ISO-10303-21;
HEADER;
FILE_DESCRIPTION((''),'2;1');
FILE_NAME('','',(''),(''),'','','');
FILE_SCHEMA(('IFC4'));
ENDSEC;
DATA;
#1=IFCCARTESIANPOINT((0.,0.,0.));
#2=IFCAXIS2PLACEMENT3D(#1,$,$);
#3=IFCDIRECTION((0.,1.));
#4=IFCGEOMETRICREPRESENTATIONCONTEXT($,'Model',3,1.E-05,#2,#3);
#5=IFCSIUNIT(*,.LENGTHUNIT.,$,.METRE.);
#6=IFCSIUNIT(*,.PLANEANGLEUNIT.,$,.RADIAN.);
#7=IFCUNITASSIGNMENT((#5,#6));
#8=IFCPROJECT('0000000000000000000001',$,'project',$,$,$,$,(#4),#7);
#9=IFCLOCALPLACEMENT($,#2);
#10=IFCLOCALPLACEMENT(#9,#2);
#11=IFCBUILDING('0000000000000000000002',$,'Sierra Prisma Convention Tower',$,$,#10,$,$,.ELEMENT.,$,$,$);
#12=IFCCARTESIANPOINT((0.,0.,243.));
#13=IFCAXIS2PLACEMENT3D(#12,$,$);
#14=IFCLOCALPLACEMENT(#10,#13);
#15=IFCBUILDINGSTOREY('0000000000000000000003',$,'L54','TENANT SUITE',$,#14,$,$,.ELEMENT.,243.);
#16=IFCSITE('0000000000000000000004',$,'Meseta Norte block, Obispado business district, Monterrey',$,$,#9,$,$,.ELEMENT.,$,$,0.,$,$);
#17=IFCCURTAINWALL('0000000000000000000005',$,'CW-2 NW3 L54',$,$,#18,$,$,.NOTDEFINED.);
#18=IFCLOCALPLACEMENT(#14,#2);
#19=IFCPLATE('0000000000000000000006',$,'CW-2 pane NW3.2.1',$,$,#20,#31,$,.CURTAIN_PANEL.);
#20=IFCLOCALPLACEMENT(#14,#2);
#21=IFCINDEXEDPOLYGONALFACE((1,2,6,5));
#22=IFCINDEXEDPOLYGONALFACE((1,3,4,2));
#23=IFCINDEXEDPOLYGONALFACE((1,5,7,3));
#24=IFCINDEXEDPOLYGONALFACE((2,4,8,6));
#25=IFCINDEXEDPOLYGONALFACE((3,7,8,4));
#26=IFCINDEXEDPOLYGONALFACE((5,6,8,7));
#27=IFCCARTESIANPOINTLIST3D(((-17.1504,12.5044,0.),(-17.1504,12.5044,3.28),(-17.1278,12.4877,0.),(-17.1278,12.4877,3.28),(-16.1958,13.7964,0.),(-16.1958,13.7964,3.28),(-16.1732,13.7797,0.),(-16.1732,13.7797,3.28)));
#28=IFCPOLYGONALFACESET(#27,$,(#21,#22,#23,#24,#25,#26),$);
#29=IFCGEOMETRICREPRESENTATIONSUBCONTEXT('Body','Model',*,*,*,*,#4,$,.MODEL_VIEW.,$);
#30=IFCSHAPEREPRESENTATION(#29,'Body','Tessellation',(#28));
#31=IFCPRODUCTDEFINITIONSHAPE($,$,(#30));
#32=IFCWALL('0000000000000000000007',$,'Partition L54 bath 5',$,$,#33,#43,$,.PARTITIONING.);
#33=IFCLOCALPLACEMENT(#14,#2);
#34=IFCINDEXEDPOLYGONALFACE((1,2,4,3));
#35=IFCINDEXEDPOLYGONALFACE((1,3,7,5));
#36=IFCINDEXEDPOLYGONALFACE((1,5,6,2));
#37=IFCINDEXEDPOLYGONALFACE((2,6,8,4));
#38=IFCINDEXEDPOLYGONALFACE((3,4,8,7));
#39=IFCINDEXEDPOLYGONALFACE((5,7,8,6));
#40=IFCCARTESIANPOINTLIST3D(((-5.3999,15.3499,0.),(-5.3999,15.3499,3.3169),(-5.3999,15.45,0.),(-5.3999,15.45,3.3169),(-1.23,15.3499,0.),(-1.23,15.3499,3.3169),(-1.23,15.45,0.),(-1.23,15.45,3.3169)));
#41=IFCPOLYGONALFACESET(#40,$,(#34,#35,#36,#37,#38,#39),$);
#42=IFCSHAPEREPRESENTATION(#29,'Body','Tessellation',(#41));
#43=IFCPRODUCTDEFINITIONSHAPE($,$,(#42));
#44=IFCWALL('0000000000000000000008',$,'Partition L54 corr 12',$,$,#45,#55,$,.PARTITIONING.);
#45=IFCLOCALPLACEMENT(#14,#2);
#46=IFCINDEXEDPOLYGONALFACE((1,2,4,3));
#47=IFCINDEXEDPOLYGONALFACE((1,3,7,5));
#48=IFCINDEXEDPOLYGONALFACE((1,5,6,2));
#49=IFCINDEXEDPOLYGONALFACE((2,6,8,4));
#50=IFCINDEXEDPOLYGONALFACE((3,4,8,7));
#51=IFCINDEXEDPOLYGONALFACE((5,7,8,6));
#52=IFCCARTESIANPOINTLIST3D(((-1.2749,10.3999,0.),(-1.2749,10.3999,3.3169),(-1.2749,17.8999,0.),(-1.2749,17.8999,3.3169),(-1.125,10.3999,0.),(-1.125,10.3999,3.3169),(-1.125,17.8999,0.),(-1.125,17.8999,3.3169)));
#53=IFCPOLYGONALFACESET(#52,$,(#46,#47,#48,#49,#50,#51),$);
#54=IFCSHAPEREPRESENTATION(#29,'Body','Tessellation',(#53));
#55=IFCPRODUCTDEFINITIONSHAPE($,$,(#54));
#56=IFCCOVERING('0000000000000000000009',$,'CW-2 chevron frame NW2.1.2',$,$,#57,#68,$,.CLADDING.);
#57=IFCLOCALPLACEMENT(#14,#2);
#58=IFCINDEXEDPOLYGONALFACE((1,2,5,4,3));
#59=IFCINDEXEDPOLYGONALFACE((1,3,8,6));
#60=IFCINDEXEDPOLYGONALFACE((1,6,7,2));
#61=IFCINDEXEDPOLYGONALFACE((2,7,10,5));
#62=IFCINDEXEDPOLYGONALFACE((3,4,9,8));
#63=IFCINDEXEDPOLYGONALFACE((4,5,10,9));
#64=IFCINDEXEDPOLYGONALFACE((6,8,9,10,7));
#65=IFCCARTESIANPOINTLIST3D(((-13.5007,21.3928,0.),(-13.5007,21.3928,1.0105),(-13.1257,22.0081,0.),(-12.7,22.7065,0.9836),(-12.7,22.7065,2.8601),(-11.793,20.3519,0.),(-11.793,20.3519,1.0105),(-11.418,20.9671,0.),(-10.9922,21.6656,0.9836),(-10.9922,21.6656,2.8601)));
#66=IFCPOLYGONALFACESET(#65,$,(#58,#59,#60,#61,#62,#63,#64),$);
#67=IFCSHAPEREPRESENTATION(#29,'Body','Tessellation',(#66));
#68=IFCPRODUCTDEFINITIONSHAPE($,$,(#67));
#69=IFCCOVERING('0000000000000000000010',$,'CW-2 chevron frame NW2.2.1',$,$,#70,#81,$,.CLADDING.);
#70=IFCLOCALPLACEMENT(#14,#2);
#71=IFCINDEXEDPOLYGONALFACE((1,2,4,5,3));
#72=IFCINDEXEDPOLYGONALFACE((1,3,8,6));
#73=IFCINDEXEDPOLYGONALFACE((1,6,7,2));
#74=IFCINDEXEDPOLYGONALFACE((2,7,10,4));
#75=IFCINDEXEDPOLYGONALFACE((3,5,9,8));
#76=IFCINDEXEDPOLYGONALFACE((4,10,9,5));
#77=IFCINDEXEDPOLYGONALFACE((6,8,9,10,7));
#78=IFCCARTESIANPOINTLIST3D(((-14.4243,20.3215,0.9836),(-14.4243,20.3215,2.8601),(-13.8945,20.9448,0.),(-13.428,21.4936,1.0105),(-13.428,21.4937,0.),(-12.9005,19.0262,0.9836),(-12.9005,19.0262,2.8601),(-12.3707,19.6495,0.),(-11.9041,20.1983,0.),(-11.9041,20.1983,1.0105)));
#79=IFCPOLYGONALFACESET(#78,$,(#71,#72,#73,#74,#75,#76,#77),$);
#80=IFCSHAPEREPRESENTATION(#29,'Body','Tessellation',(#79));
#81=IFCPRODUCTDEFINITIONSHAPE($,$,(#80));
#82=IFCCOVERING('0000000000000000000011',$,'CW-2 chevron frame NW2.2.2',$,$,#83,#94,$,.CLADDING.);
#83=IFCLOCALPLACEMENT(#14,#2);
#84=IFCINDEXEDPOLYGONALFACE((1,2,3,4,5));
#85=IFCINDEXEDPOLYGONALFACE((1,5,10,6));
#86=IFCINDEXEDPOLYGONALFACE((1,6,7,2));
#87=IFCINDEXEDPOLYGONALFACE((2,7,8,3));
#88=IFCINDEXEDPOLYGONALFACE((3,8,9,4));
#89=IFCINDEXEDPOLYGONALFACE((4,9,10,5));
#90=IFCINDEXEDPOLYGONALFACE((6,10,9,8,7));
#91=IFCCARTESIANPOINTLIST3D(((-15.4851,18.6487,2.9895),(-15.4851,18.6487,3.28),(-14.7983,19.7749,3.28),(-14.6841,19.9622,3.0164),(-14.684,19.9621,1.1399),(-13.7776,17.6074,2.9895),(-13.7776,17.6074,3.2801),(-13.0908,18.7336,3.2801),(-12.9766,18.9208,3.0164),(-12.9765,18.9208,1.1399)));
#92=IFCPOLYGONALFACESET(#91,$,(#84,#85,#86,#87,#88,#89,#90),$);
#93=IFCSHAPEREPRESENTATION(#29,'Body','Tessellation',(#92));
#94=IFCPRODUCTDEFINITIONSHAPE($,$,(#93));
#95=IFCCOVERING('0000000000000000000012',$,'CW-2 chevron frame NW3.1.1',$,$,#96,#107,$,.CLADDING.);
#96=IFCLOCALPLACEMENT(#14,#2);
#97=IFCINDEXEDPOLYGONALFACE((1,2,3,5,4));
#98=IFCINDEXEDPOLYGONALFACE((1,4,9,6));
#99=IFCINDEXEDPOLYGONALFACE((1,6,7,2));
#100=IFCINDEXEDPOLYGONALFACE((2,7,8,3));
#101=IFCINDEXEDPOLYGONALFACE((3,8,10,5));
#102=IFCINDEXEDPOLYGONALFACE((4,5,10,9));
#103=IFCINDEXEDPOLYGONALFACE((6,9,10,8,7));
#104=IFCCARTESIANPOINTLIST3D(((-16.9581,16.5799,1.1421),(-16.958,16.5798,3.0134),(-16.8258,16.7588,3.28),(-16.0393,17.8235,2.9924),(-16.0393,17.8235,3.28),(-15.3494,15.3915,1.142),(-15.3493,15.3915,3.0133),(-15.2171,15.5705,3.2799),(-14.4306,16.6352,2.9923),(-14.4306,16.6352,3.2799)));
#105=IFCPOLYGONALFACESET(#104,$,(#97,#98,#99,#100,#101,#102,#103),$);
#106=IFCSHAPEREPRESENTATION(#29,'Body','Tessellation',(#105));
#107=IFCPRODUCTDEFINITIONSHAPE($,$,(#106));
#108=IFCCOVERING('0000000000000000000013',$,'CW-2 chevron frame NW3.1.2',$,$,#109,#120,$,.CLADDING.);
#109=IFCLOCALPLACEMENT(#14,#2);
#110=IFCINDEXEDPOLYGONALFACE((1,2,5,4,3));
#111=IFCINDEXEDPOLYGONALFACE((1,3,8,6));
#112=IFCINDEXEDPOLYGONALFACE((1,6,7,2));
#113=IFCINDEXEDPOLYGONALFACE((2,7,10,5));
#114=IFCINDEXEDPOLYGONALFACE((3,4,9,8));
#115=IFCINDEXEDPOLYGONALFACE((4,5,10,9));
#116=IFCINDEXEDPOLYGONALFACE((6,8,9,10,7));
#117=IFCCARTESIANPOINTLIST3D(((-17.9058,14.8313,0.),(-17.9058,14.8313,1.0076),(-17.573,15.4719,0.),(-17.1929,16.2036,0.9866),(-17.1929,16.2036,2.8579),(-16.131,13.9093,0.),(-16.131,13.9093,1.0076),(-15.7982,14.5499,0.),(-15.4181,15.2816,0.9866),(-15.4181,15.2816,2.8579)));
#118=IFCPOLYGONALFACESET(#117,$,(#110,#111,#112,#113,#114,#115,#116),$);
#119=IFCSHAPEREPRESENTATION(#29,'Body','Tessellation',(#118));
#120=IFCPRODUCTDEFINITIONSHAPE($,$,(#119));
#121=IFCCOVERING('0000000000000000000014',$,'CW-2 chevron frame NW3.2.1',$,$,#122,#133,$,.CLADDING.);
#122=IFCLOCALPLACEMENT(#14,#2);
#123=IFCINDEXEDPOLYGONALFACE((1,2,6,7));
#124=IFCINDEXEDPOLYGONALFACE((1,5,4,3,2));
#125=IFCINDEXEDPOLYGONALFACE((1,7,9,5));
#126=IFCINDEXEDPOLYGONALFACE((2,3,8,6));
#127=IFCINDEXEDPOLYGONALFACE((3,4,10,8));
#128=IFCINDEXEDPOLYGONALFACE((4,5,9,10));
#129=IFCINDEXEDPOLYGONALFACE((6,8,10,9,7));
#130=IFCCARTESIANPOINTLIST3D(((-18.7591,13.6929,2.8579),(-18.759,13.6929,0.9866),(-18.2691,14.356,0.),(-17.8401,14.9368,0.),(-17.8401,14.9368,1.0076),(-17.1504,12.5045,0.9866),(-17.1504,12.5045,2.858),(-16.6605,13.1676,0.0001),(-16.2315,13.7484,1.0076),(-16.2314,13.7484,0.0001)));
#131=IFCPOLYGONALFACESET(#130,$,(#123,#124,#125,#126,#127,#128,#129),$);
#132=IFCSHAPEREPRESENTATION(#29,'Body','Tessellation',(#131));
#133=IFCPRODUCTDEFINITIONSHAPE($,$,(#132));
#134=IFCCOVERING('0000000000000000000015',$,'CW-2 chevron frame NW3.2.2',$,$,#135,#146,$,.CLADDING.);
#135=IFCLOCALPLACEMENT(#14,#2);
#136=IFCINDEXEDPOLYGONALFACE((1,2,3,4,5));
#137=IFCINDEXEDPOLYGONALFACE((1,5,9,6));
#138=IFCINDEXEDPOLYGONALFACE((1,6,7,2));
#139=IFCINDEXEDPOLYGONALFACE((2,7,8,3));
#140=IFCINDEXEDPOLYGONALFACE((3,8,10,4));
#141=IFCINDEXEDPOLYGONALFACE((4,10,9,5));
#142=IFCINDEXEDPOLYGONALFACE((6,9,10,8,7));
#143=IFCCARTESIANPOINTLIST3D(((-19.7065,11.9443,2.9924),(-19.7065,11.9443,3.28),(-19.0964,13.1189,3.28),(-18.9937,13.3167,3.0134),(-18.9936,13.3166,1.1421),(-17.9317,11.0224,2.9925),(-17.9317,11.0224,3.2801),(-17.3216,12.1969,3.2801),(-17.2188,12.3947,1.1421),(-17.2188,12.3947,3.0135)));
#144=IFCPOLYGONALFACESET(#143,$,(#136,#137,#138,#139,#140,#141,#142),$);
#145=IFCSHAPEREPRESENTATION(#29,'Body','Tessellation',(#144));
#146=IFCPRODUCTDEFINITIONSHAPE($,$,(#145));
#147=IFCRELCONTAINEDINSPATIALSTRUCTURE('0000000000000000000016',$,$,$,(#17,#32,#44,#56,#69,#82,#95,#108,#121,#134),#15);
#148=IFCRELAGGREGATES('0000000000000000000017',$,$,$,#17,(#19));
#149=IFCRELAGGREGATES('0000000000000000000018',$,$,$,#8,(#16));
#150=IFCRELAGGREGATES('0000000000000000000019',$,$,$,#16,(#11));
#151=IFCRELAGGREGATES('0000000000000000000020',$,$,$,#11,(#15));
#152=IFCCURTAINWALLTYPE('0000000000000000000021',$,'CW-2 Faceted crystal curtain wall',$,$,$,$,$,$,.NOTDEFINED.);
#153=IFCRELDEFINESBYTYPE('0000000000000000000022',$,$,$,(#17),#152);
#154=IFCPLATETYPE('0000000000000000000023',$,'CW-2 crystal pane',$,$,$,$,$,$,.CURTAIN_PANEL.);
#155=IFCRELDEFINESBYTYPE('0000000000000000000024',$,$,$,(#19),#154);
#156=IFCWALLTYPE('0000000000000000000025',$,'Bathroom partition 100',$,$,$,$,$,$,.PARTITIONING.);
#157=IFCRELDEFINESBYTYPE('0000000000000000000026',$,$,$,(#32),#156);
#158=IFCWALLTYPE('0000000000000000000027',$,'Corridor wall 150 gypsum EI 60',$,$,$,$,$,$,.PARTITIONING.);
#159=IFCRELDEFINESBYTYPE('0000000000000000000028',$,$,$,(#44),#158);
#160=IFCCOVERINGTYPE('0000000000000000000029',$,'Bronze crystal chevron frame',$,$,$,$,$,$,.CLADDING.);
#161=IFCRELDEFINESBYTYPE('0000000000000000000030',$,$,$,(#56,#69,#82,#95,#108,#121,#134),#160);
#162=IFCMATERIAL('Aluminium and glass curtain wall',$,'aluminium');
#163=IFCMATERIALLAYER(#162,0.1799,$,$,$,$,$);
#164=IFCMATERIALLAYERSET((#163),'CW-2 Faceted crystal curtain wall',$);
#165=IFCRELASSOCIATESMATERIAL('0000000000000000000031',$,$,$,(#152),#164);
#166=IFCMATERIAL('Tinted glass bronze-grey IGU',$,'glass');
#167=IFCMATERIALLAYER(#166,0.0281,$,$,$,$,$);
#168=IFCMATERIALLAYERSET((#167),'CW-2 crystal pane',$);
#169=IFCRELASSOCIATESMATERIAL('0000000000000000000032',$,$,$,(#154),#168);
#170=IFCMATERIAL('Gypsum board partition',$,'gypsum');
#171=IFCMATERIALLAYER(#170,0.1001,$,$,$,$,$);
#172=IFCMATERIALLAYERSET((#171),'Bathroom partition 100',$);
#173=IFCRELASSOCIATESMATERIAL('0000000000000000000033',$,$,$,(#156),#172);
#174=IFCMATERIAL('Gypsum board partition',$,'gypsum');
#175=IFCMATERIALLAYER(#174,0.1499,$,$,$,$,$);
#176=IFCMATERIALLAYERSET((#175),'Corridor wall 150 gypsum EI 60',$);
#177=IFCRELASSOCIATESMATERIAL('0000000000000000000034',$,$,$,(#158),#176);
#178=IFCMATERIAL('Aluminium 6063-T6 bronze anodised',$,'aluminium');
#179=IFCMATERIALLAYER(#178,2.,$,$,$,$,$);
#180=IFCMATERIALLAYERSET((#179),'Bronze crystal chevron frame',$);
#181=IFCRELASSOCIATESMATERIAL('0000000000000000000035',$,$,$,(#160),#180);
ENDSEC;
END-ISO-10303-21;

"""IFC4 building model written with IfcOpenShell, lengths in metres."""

from ifc_helpers import new_model, si_unit, direction, frame, frame_2d, origin, place, context, subcontext, project, spatial, polyline, rectangle, outline, extrude, material, layer, layer_set, type_object, element, aggregate, save


model = new_model("IFC4")

# Units and contexts
model_context = context("Model", 3, precision=1e-05, world=origin(), true_north=direction((0.0, 1.0)))
body_context = subcontext(model_context, "Body", "Model", "MODEL_VIEW")
ifc_project = project(units=[si_unit("LENGTHUNIT", "METRE"), si_unit("PLANEANGLEUNIT", "RADIAN")], contexts=[model_context])

# Site, building, storey
site_placement = place(None, origin())
site = spatial("IfcSite", under=ifc_project, at=site_placement, Name="Meseta Norte block, Obispado business district, Monterrey", CompositionType="ELEMENT", RefElevation=0.0)
building_placement = place(site_placement, origin())
building = spatial("IfcBuilding", under=site, at=building_placement, Name="Sierra Prisma Convention Tower", CompositionType="ELEMENT")
storey_placement = place(building_placement, frame((0.0, 0.0, 243.0)))
storey = spatial("IfcBuildingStorey", under=building, at=storey_placement, Name="L54", Description="TENANT SUITE", CompositionType="ELEMENT", Elevation=243.0)

# Curtain wall
ifc_material_1 = material(Name="Aluminium and glass curtain wall", Category="aluminium")
ifc_layer_1 = layer(ifc_material_1, 0.1799)
ifc_layer_set_1 = layer_set([ifc_layer_1], Name="CW-2 Faceted crystal curtain wall")
curtain_wall_type = type_object("IfcCurtainWallType", Name="CW-2 Faceted crystal curtain wall", PredefinedType="NOTDEFINED", material=ifc_layer_set_1)
curtain_wall_1_placement = place(storey_placement, origin())
curtain_wall_1 = element("IfcCurtainWall", 1, at=curtain_wall_1_placement, inside=storey, type_object=curtain_wall_type, Name="CW-2 NW3 L54", PredefinedType="NOTDEFINED")

# Plate
ifc_material_2 = material(Name="Tinted glass bronze-grey IGU", Category="glass")
ifc_layer_2 = layer(ifc_material_2, 0.0281)
ifc_layer_set_2 = layer_set([ifc_layer_2], Name="CW-2 crystal pane")
plate_type = type_object("IfcPlateType", Name="CW-2 crystal pane", PredefinedType="CURTAIN_PANEL", material=ifc_layer_set_2)
plate_1_placement = place(storey_placement, frame((-16.1958, 13.7964, 0.0), z_axis=(-0.804284, 0.594246, 0.0), x_axis=(-0.594246, -0.804284, 0.0)))
plate_1 = element("IfcPlate", 2, at=plate_1_placement, type_object=plate_type, Name="CW-2 pane NW3.2.1", PredefinedType="CURTAIN_PANEL", context=body_context, shape_type="SweptSolid", body=[
    extrude(outline(polyline([(0.0, 0.0), (1.6064, 0.0), (1.6064, 3.28), (0.0, 3.28), (0.0, 0.0)])), origin(), (0.0, 0.0, -1.0), 0.0281),
])
aggregate(curtain_wall_1, [plate_1])

# Walls
ifc_material_3 = material(Name="Gypsum board partition", Category="gypsum")
ifc_layer_3 = layer(ifc_material_3, 0.1001)
ifc_layer_set_3 = layer_set([ifc_layer_3], Name="Bathroom partition 100")
wall_type_1 = type_object("IfcWallType", Name="Bathroom partition 100", PredefinedType="PARTITIONING", material=ifc_layer_set_3)
wall_1_placement = place(storey_placement, frame((-5.3999, 15.3999, 0.0), z_axis=(0.0, 0.0, 1.0), x_axis=(1.0, 0.0, 0.0)))
element("IfcWall", 3, at=wall_1_placement, inside=storey, type_object=wall_type_1, Name="Partition L54 bath 5", PredefinedType="PARTITIONING", context=body_context, shape_type="SweptSolid", body=[
    extrude(rectangle(XDim=4.1699, YDim=0.1001, at=frame_2d((2.085, 0.0))), origin(), (0.0, 0.0, 1.0), 3.3169),
])
ifc_material_4 = material(Name="Gypsum board partition", Category="gypsum")
ifc_layer_4 = layer(ifc_material_4, 0.1499)
ifc_layer_set_4 = layer_set([ifc_layer_4], Name="Corridor wall 150 gypsum EI 60")
wall_type_2 = type_object("IfcWallType", Name="Corridor wall 150 gypsum EI 60", PredefinedType="PARTITIONING", material=ifc_layer_set_4)
wall_2_placement = place(storey_placement, frame((-1.2, 17.8999, 0.0), z_axis=(0.0, 0.0, 1.0), x_axis=(0.0, -1.0, 0.0)))
element("IfcWall", 4, at=wall_2_placement, inside=storey, type_object=wall_type_2, Name="Partition L54 corr 12", PredefinedType="PARTITIONING", context=body_context, shape_type="SweptSolid", body=[
    extrude(rectangle(XDim=7.5, YDim=0.1499, at=frame_2d((3.75, 0.0))), origin(), (0.0, 0.0, 1.0), 3.3169),
])

# Coverings
ifc_material_5 = material(Name="Aluminium 6063-T6 bronze anodised", Category="aluminium")
ifc_layer_5 = layer(ifc_material_5, 2.0)
ifc_layer_set_5 = layer_set([ifc_layer_5], Name="Bronze crystal chevron frame")
covering_type = type_object("IfcCoveringType", Name="Bronze crystal chevron frame", PredefinedType="CLADDING", material=ifc_layer_set_5)
covering_1_placement = place(storey_placement, frame((-12.7, 22.7065, 2.8601), z_axis=(-0.853875, 0.520478, 0.000004), x_axis=(-0.000004, 0.000002, -1.0)))
element("IfcCovering", 5, at=covering_1_placement, inside=storey, type_object=covering_type, Name="CW-2 chevron frame NW2.1.2", PredefinedType="CLADDING", context=body_context, shape_type="SweptSolid", body=[
    extrude(outline(polyline([(0.0, 0.0), (1.8765, 0.0), (2.8601, 0.818), (2.8601, 1.5385), (1.8496, 1.5385), (0.0, 0.0)])), origin(), (0.0, 0.0, -1.0), 2.0),
])
covering_2_placement = place(storey_placement, frame((-13.428, 21.4937, 0.0), z_axis=(-0.761925, 0.647666, 0.000007), x_axis=(-0.647666, -0.761925, 0.0)))
element("IfcCovering", 6, at=covering_2_placement, inside=storey, type_object=covering_type, Name="CW-2 chevron frame NW2.2.1", PredefinedType="CLADDING", context=body_context, shape_type="SweptSolid", body=[
    extrude(outline(polyline([(0.0, 0.0), (0.7203, 0.0), (1.5384, 0.9836), (1.5384, 2.8601), (0.0, 1.0105), (0.0, 0.0)])), origin(), (0.0, 0.0, -1.0), 2.0),
])
covering_3_placement = place(storey_placement, frame((-15.4851, 18.6487, 3.28), z_axis=(-0.853762, 0.520664, -0.000021), x_axis=(0.520664, 0.853762, 0.0)))
element("IfcCovering", 7, at=covering_3_placement, inside=storey, type_object=covering_type, Name="CW-2 chevron frame NW2.2.2", PredefinedType="CLADDING", context=body_context, shape_type="SweptSolid", body=[
    extrude(outline(polyline([(0.0, 0.0), (1.3191, 0.0), (1.5385, 0.2637), (1.5385, 2.1401), (0.0, 0.2905), (0.0, 0.0)])), origin(), (0.0, 0.0, -1.0), 2.0),
])
covering_4_placement = place(storey_placement, frame((-16.0393, 17.8235, 3.28), z_axis=(-0.804341, 0.594168, 0.000043), x_axis=(-0.000035, 0.000026, -1.0)))
element("IfcCovering", 8, at=covering_4_placement, inside=storey, type_object=covering_type, Name="CW-2 chevron frame NW3.1.1", PredefinedType="CLADDING", context=body_context, shape_type="SweptSolid", body=[
    extrude(outline(polyline([(0.0, 0.0), (0.2876, 0.0), (2.1379, 1.5462), (0.2666, 1.5462), (0.0, 1.3236), (0.0, 0.0)])), origin(), (0.0, 0.0, -1.0), 2.0),
])
covering_5_placement = place(storey_placement, frame((-17.1929, 16.2036, 2.8579), z_axis=(-0.887408, 0.460986, 0.000008), x_axis=(-0.000007, 0.000003, -1.0)))
element("IfcCovering", 9, at=covering_5_placement, inside=storey, type_object=covering_type, Name="CW-2 chevron frame NW3.1.2", PredefinedType="CLADDING", context=body_context, shape_type="SweptSolid", body=[
    extrude(outline(polyline([(0.0, 0.0), (1.8713, 0.0), (2.8579, 0.8245), (2.8579, 1.5464), (1.8503, 1.5464), (0.0, 0.0)])), origin(), (0.0, 0.0, -1.0), 2.0),
])
covering_6_placement = place(storey_placement, frame((-17.8401, 14.9368, 0.0), z_axis=(-0.804329, 0.594185, -0.00003), x_axis=(-0.594185, -0.804329, 0.0)))
element("IfcCovering", 10, at=covering_6_placement, inside=storey, type_object=covering_type, Name="CW-2 chevron frame NW3.2.1", PredefinedType="CLADDING", context=body_context, shape_type="SweptSolid", body=[
    extrude(outline(polyline([(0.0, 0.0), (0.722, 0.0), (1.5465, 0.9866), (1.5465, 2.8579), (0.0, 1.0076), (0.0, 0.0)])), origin(), (0.0, 0.0, -1.0), 2.0),
])
covering_7_placement = place(storey_placement, frame((-19.7065, 11.9443, 3.28), z_axis=(-0.887407, 0.460987, -0.00002), x_axis=(0.460987, 0.887407, 0.0)))
element("IfcCovering", 11, at=covering_7_placement, inside=storey, type_object=covering_type, Name="CW-2 chevron frame NW3.2.2", PredefinedType="CLADDING", context=body_context, shape_type="SweptSolid", body=[
    extrude(outline(polyline([(0.0, 0.0), (1.3236, 0.0), (1.5464, 0.2666), (1.5464, 2.1379), (0.0, 0.2876), (0.0, 0.0)])), origin(), (0.0, 0.0, -1.0), 2.0),
])

save(model, "model.ifc")
